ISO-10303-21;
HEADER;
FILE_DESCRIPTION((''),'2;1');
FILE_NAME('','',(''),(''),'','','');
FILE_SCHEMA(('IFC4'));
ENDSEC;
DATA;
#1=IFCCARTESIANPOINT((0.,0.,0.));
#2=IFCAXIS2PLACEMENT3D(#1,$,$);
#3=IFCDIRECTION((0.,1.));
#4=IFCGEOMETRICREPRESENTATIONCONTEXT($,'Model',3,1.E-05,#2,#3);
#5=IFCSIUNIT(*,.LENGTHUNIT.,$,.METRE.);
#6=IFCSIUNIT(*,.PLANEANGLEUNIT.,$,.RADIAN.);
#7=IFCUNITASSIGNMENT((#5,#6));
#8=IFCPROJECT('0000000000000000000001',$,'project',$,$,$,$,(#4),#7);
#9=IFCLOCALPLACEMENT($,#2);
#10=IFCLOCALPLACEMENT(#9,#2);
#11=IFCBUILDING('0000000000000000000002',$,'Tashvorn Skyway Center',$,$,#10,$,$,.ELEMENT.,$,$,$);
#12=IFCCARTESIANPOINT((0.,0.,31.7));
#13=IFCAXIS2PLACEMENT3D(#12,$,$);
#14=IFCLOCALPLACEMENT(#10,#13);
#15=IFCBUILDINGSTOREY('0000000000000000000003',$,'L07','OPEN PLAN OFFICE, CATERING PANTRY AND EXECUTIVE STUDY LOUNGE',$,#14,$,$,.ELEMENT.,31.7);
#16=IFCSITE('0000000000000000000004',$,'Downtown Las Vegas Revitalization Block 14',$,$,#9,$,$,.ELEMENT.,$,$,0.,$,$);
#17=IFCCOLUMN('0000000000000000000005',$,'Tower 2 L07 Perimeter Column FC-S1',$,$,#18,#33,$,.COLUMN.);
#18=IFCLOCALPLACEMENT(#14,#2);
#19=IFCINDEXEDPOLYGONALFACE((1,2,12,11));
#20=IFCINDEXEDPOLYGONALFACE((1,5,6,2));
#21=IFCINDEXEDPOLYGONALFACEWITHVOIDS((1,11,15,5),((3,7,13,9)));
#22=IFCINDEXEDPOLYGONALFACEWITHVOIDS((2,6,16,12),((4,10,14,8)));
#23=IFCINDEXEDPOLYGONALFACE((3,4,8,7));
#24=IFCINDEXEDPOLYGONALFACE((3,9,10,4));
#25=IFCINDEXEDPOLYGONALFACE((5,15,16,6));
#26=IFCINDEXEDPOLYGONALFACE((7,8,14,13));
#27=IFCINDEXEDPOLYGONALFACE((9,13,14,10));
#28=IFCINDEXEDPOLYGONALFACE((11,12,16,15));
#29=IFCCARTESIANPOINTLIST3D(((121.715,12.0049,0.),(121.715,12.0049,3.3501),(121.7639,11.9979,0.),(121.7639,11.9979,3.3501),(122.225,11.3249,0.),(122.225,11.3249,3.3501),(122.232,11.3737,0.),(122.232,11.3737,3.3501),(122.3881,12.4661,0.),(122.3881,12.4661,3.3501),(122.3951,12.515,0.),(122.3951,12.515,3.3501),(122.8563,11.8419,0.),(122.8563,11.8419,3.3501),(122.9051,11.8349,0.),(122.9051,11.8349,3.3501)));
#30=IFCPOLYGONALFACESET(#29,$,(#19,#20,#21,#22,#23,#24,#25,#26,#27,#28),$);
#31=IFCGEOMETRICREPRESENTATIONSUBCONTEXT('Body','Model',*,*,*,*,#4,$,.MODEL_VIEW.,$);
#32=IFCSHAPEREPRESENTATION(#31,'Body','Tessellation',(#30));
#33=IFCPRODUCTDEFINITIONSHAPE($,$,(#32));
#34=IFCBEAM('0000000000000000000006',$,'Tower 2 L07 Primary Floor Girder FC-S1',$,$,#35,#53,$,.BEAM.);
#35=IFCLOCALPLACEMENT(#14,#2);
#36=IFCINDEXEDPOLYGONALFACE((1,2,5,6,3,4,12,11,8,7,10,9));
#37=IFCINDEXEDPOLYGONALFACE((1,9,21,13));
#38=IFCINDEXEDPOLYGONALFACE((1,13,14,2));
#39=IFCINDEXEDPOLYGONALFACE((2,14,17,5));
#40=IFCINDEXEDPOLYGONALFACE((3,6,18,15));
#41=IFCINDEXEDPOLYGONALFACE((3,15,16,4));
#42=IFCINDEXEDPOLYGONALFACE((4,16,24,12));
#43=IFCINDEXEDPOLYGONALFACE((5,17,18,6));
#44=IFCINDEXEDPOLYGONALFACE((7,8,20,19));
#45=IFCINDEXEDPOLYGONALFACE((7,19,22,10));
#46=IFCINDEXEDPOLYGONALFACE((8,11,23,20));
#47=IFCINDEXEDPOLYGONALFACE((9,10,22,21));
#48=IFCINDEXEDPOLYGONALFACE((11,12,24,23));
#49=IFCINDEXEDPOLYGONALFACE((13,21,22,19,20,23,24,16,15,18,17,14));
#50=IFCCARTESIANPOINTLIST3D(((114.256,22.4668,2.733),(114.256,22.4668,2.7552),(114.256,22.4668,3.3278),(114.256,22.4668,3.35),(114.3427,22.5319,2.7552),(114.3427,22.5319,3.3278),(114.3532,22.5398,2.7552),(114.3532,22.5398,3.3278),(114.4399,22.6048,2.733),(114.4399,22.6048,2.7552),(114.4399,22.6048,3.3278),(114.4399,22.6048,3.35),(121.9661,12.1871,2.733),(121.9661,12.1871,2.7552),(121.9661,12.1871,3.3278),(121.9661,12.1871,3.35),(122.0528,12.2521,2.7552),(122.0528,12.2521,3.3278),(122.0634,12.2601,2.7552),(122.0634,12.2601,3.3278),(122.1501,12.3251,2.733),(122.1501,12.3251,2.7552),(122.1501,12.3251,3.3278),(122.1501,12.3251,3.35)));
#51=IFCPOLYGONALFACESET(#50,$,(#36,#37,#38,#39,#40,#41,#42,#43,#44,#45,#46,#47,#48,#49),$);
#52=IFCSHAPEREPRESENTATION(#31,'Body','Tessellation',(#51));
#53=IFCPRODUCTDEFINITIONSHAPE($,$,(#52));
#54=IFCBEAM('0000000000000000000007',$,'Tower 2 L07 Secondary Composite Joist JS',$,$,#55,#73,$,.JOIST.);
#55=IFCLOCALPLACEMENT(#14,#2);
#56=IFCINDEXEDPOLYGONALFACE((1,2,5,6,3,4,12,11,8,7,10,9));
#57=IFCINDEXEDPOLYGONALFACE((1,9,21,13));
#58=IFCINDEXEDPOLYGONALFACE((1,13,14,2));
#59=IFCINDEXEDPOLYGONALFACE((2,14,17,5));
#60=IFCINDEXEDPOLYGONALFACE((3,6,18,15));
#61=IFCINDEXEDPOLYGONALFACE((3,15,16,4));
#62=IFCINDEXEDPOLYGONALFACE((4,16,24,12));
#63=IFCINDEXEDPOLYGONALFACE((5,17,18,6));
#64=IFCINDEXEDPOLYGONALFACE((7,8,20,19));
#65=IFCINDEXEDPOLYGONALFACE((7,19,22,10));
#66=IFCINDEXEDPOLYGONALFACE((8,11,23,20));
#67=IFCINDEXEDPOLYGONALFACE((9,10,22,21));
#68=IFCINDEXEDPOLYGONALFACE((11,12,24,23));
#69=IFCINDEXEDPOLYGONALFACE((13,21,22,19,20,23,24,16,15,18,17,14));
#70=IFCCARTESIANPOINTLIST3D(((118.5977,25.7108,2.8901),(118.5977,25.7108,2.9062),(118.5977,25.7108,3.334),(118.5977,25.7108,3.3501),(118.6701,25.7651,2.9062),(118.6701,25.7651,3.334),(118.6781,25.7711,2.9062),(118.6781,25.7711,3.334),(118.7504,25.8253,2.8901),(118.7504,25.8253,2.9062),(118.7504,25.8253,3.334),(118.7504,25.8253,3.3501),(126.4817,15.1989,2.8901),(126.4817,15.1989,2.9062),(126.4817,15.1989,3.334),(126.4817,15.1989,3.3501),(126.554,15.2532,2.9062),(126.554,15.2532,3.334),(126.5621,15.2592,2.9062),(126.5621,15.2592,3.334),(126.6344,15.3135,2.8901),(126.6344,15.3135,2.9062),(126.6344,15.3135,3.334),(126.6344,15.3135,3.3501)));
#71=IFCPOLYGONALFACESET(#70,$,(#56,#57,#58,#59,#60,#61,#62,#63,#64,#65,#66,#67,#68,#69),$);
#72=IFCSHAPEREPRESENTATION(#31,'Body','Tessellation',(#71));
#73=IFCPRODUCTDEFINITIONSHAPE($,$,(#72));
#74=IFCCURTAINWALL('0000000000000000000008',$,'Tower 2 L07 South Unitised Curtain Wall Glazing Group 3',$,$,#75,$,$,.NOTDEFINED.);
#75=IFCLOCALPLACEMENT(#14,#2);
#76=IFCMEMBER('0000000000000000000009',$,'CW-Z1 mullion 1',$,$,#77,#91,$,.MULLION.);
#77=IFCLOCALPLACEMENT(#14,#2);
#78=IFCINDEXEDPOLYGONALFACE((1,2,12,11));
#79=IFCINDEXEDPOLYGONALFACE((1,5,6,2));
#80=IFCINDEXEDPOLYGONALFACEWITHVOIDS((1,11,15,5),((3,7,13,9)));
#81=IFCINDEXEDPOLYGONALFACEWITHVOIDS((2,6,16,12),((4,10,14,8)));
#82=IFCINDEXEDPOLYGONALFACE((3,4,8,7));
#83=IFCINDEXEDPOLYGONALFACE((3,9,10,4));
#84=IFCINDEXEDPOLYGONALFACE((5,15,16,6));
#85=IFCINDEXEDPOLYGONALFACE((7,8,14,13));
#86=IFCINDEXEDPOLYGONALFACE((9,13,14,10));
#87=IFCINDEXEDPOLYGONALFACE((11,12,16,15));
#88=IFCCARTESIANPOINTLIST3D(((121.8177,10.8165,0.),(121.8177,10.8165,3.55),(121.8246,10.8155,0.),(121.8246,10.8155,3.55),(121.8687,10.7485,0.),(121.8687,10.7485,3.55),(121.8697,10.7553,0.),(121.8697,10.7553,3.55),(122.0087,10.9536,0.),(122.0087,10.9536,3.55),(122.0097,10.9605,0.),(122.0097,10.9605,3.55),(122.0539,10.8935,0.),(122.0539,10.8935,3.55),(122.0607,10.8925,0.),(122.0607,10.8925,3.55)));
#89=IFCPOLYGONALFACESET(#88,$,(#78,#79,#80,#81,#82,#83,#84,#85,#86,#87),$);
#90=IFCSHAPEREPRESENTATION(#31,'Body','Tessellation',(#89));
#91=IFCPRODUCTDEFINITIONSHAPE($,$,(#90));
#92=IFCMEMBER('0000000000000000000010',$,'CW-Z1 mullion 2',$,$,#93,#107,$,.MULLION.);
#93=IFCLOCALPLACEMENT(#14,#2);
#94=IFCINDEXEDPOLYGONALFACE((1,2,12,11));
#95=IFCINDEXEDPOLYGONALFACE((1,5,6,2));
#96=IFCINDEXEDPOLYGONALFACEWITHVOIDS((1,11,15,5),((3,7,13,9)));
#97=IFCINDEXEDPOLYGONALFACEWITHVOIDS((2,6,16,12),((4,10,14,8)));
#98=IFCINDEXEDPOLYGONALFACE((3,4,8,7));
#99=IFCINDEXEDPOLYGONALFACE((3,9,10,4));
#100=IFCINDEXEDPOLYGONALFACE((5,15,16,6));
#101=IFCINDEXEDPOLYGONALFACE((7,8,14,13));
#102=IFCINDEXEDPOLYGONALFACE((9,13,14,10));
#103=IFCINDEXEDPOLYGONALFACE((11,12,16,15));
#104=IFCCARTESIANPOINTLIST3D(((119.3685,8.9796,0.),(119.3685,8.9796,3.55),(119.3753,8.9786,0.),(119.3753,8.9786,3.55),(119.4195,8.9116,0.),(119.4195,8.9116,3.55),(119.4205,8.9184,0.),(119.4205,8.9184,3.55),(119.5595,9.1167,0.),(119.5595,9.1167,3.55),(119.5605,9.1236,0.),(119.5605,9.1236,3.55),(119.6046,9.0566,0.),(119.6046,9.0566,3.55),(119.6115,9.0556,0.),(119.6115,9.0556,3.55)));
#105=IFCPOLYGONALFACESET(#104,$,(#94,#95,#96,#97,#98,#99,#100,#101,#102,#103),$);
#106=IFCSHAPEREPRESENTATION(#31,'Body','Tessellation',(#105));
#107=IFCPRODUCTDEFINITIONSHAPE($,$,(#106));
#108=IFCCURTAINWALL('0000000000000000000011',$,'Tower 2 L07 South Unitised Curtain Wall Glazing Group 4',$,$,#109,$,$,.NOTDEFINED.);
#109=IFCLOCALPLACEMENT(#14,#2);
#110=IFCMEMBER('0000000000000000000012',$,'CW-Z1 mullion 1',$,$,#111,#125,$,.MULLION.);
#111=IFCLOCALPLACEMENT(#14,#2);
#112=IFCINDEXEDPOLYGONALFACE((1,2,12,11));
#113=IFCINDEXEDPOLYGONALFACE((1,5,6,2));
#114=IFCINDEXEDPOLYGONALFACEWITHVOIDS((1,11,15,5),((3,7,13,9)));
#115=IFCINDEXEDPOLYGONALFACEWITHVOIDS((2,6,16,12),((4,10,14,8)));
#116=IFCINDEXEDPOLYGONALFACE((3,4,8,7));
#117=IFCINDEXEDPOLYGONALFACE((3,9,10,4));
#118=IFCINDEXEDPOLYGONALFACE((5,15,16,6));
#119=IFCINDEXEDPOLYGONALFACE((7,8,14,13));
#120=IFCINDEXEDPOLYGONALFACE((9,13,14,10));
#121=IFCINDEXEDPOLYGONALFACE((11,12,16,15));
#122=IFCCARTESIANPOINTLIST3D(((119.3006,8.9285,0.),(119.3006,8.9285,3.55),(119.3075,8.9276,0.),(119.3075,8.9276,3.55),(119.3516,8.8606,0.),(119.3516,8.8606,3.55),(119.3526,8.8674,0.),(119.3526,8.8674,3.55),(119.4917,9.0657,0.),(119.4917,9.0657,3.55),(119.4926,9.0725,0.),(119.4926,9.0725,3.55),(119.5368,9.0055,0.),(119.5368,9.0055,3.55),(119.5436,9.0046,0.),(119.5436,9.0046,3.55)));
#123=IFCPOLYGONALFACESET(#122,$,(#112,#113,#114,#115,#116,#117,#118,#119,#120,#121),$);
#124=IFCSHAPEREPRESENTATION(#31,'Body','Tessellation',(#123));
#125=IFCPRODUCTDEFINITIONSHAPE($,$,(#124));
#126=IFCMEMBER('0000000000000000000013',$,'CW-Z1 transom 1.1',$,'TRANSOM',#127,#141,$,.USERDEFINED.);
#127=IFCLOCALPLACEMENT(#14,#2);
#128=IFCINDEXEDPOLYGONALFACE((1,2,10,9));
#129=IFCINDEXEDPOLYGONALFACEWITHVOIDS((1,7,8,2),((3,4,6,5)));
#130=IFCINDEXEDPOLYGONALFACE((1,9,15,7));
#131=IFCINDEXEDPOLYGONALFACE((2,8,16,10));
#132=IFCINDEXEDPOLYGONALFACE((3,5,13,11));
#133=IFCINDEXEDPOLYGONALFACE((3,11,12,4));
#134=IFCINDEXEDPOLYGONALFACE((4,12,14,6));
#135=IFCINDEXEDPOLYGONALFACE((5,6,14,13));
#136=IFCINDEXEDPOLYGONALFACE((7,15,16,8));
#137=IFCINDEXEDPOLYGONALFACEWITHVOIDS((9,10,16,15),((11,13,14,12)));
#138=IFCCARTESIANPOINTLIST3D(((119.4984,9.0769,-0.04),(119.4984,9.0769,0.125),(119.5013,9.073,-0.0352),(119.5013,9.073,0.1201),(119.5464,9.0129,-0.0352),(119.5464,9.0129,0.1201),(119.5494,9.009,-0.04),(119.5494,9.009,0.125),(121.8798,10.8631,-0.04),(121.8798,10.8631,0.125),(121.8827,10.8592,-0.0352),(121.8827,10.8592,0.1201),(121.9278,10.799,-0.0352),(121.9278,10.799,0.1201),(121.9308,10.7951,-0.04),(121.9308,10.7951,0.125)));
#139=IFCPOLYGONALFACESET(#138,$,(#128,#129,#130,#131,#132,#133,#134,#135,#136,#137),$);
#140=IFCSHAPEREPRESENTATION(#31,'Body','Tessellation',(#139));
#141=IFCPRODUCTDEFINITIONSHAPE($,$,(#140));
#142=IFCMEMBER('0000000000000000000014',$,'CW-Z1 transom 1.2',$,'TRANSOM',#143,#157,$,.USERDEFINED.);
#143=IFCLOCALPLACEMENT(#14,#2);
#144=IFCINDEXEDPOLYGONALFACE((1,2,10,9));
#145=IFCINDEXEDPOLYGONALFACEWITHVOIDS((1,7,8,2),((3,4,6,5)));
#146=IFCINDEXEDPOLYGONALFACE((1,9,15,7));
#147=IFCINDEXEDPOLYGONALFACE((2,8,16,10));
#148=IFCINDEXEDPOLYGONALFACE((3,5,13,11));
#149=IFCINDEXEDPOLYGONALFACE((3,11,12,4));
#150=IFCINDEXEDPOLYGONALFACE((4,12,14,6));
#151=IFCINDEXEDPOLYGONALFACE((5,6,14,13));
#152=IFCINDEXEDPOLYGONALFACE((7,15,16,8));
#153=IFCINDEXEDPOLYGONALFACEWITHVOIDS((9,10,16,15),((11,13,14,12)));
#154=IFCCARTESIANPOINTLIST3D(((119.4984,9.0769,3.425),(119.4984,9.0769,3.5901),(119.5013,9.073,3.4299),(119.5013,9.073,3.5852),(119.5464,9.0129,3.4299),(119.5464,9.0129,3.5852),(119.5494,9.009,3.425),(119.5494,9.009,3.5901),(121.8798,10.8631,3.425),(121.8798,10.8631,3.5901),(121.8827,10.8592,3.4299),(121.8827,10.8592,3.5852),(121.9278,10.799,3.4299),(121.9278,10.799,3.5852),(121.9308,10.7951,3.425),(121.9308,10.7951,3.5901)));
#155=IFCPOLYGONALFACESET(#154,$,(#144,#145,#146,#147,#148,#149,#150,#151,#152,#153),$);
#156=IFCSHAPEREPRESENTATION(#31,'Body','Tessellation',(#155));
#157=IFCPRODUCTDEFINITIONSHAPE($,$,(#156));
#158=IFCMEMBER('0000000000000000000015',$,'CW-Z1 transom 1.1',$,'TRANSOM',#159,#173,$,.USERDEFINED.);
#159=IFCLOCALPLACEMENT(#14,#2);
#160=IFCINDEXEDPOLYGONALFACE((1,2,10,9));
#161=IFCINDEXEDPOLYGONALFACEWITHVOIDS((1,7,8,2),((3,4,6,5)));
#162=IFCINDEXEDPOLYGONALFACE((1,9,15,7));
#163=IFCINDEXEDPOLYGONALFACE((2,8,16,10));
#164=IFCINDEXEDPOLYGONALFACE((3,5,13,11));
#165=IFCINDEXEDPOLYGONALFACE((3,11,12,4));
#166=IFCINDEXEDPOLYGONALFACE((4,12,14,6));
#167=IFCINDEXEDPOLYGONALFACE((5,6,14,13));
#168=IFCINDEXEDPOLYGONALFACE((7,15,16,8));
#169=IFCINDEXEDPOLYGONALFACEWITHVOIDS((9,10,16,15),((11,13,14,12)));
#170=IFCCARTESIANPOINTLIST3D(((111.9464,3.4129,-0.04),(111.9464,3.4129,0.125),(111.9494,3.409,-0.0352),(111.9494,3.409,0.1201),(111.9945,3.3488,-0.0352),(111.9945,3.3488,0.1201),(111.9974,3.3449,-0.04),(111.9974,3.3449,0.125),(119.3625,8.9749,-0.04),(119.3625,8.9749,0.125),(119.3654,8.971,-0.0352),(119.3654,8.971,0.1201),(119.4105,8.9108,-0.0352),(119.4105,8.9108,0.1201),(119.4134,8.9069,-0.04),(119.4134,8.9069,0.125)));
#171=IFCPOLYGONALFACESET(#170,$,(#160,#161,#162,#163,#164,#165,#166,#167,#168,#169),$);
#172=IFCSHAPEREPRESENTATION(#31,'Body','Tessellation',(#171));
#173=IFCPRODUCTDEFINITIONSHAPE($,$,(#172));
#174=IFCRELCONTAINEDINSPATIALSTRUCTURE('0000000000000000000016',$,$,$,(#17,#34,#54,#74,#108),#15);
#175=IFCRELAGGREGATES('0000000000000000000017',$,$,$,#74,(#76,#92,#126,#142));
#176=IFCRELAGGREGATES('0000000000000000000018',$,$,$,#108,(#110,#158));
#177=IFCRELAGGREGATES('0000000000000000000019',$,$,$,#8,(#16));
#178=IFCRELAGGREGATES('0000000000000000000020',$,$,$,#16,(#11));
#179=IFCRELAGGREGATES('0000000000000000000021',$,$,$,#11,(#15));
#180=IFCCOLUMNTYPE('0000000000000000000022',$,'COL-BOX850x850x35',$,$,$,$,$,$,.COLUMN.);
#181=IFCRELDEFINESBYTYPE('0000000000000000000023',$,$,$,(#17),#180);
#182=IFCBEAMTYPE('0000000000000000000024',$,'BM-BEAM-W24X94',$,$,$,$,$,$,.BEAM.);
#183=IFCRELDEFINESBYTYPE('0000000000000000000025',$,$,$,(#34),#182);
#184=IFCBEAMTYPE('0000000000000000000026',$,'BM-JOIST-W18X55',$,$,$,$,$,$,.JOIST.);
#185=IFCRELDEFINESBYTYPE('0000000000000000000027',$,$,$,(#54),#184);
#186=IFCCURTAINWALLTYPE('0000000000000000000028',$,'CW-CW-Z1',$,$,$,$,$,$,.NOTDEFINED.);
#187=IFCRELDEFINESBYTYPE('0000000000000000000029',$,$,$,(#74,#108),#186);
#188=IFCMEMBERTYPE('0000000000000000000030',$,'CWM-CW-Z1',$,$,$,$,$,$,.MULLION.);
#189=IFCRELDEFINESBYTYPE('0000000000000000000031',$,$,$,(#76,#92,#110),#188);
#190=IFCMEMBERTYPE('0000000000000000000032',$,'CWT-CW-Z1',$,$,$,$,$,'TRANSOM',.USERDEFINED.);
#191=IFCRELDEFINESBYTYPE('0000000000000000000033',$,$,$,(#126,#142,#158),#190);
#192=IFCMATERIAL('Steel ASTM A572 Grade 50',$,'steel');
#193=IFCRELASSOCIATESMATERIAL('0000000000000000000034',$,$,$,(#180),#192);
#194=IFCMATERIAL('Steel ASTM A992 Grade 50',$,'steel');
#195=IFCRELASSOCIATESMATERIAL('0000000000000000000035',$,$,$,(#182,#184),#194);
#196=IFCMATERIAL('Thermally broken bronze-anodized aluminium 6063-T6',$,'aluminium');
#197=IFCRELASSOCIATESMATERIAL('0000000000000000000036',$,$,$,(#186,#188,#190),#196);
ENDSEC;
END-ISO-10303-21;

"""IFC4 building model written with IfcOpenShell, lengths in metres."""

from ifc_helpers import new_model, si_unit, direction, frame, origin, origin_2d, place, context, subcontext, project, spatial, hollow_rectangle, i_section, extrude, material, material_profile, profile_set, type_object, element, aggregate, save


model = new_model("IFC4")

# Units and contexts
model_context = context("Model", 3, precision=1e-05, world=origin(), true_north=direction((0.0, 1.0)))
body_context = subcontext(model_context, "Body", "Model", "MODEL_VIEW")
ifc_project = project(units=[si_unit("LENGTHUNIT", "METRE"), si_unit("PLANEANGLEUNIT", "RADIAN")], contexts=[model_context])

# Site, building, storey
site_placement = place(None, origin())
site = spatial("IfcSite", under=ifc_project, at=site_placement, Name="Downtown Las Vegas Revitalization Block 14", CompositionType="ELEMENT", RefElevation=0.0)
building_placement = place(site_placement, origin())
building = spatial("IfcBuilding", under=site, at=building_placement, Name="Tashvorn Skyway Center", CompositionType="ELEMENT")
storey_placement = place(building_placement, frame((0.0, 0.0, 31.7)))
storey = spatial("IfcBuildingStorey", under=building, at=storey_placement, Name="L07", Description="OPEN PLAN OFFICE, CATERING PANTRY AND EXECUTIVE STUDY LOUNGE", CompositionType="ELEMENT", Elevation=31.7)

# Column
ifc_material_1 = material(Name="Steel ASTM A572 Grade 50", Category="steel")
ifc_material_profile_1 = material_profile(ifc_material_1, hollow_rectangle(XDim=0.8501, YDim=0.8501, WallThickness=0.0349, at=origin_2d()), Name="BOX850x850x35")
ifc_profile_set_1 = profile_set([ifc_material_profile_1], Name="Steel ASTM A572 Grade 50")
column_type = type_object("IfcColumnType", Name="COL-BOX850x850x35", PredefinedType="COLUMN", material=ifc_profile_set_1)
column_placement = place(storey_placement, frame((122.3101, 11.9199, 0.0), z_axis=(0.0, 0.0, 1.0), x_axis=(0.8, 0.6, 0.0)))
element("IfcColumn", 1, at=column_placement, inside=storey, type_object=column_type, Name="Tower 2 L07 Perimeter Column FC-S1", PredefinedType="COLUMN", context=body_context, shape_type="SweptSolid", body=[
    extrude(hollow_rectangle(XDim=0.8501, YDim=0.8501, WallThickness=0.0349, at=origin_2d()), origin(), (0.0, 0.0, 1.0), 3.3501),
])

# Beams
ifc_material_2 = material(Name="Steel ASTM A992 Grade 50", Category="steel")
ifc_material_profile_2 = material_profile(ifc_material_2, i_section(OverallWidth=0.23, OverallDepth=0.6169, WebThickness=0.0132, FlangeThickness=0.0222, at=origin_2d()), Name="W24X94")
ifc_profile_set_2 = profile_set([ifc_material_profile_2], Name="Steel ASTM A992 Grade 50")
beam_type_1 = type_object("IfcBeamType", Name="BM-BEAM-W24X94", PredefinedType="BEAM", material=ifc_profile_set_2)
beam_1_placement = place(storey_placement, frame((122.0581, 12.2561, 3.0415), z_axis=(-0.600018, 0.799986, 0.0), x_axis=(-0.799986, -0.600018, 0.0)))
element("IfcBeam", 2, at=beam_1_placement, inside=storey, type_object=beam_type_1, Name="Tower 2 L07 Primary Floor Girder FC-S1", PredefinedType="BEAM", context=body_context, shape_type="SweptSolid", body=[
    extrude(i_section(OverallWidth=0.23, OverallDepth=0.6169, WebThickness=0.0132, FlangeThickness=0.0222, at=origin_2d()), origin(), (0.0, 0.0, 1.0), 12.8499),
])
ifc_material_profile_3 = material_profile(ifc_material_2, i_section(OverallWidth=0.1909, OverallDepth=0.46, WebThickness=0.01, FlangeThickness=0.0161, at=origin_2d()), Name="W18X55")
ifc_profile_set_3 = profile_set([ifc_material_profile_3], Name="Steel ASTM A992 Grade 50")
beam_type_2 = type_object("IfcBeamType", Name="BM-JOIST-W18X55", PredefinedType="JOIST", material=ifc_profile_set_3)
beam_2_placement = place(storey_placement, frame((118.6741, 25.7681, 3.1201), z_axis=(0.600003, -0.799998, 0.0), x_axis=(0.799998, 0.600003, 0.0)))
element("IfcBeam", 3, at=beam_2_placement, inside=storey, type_object=beam_type_2, Name="Tower 2 L07 Secondary Composite Joist JS", PredefinedType="JOIST", context=body_context, shape_type="SweptSolid", body=[
    extrude(i_section(OverallWidth=0.1909, OverallDepth=0.46, WebThickness=0.01, FlangeThickness=0.0161, at=origin_2d()), origin(), (0.0, 0.0, 1.0), 13.1399),
])

# Curtain wall, members
ifc_material_3 = material(Name="Thermally broken bronze-anodized aluminium 6063-T6", Category="aluminium")
curtain_wall_type = type_object("IfcCurtainWallType", Name="CW-CW-Z1", PredefinedType="NOTDEFINED", material=ifc_material_3)
curtain_wall_1_placement = place(storey_placement, origin())
curtain_wall_1 = element("IfcCurtainWall", 4, at=curtain_wall_1_placement, inside=storey, type_object=curtain_wall_type, Name="Tower 2 L07 South Unitised Curtain Wall Glazing Group 3", PredefinedType="NOTDEFINED")
ifc_material_profile_4 = material_profile(ifc_material_3, hollow_rectangle(XDim=0.085, YDim=0.24, WallThickness=0.0049, at=origin_2d()), Name="ALU-MULL-85x240")
ifc_profile_set_4 = profile_set([ifc_material_profile_4], Name="Thermally broken bronze-anodized aluminium 6063-T6")
member_type_1 = type_object("IfcMemberType", Name="CWM-CW-Z1", PredefinedType="MULLION", material=ifc_profile_set_4)
member_1_placement = place(storey_placement, frame((121.9392, 10.8545, 0.0), z_axis=(0.0, 0.0, 1.0), x_axis=(0.600005, -0.799996, 0.0)))
member_1 = element("IfcMember", 5, at=member_1_placement, type_object=member_type_1, Name="CW-Z1 mullion 1", PredefinedType="MULLION", context=body_context, shape_type="SweptSolid", body=[
    extrude(hollow_rectangle(XDim=0.085, YDim=0.24, WallThickness=0.0049, at=origin_2d()), origin(), (0.0, 0.0, 1.0), 3.55),
])
member_2_placement = place(storey_placement, frame((119.49, 9.0176, 0.0), z_axis=(0.0, 0.0, 1.0), x_axis=(0.600005, -0.799996, 0.0)))
member_2 = element("IfcMember", 6, at=member_2_placement, type_object=member_type_1, Name="CW-Z1 mullion 2", PredefinedType="MULLION", context=body_context, shape_type="SweptSolid", body=[
    extrude(hollow_rectangle(XDim=0.085, YDim=0.24, WallThickness=0.0049, at=origin_2d()), origin(), (0.0, 0.0, 1.0), 3.55),
])

# Curtain wall, member
curtain_wall_2_placement = place(storey_placement, origin())
curtain_wall_2 = element("IfcCurtainWall", 7, at=curtain_wall_2_placement, inside=storey, type_object=curtain_wall_type, Name="Tower 2 L07 South Unitised Curtain Wall Glazing Group 4", PredefinedType="NOTDEFINED")
member_3_placement = place(storey_placement, frame((119.4221, 8.9666, 0.0), z_axis=(0.0, 0.0, 1.0), x_axis=(0.6, -0.8, 0.0)))
member_3 = element("IfcMember", 8, at=member_3_placement, type_object=member_type_1, Name="CW-Z1 mullion 1", PredefinedType="MULLION", context=body_context, shape_type="SweptSolid", body=[
    extrude(hollow_rectangle(XDim=0.085, YDim=0.24, WallThickness=0.0049, at=origin_2d()), origin(), (0.0, 0.0, 1.0), 3.55),
])

# Members
ifc_material_profile_5 = material_profile(ifc_material_3, hollow_rectangle(XDim=0.085, YDim=0.165, WallThickness=0.0049, at=origin_2d()), Name="ALU-TRAN-85x165")
ifc_profile_set_5 = profile_set([ifc_material_profile_5], Name="Thermally broken bronze-anodized aluminium 6063-T6")
member_type_2 = type_object("IfcMemberType", Name="CWT-CW-Z1", ElementType="TRANSOM", PredefinedType="USERDEFINED", material=ifc_profile_set_5)
member_4_placement = place(storey_placement, frame((121.9053, 10.8291, 0.0425), z_axis=(-0.79998, -0.600026, 0.0), x_axis=(0.600026, -0.79998, 0.0)))
member_4 = element("IfcMember", 9, at=member_4_placement, type_object=member_type_2, Name="CW-Z1 transom 1.1", ObjectType="TRANSOM", PredefinedType="USERDEFINED", context=body_context, shape_type="SweptSolid", body=[
    extrude(hollow_rectangle(XDim=0.085, YDim=0.165, WallThickness=0.0049, at=origin_2d()), origin(), (0.0, 0.0, 1.0), 2.9768),
])
member_5_placement = place(storey_placement, frame((121.9053, 10.8291, 3.5076), z_axis=(-0.79998, -0.600026, 0.0), x_axis=(0.600026, -0.79998, 0.0)))
member_5 = element("IfcMember", 10, at=member_5_placement, type_object=member_type_2, Name="CW-Z1 transom 1.2", ObjectType="TRANSOM", PredefinedType="USERDEFINED", context=body_context, shape_type="SweptSolid", body=[
    extrude(hollow_rectangle(XDim=0.085, YDim=0.165, WallThickness=0.0049, at=origin_2d()), origin(), (0.0, 0.0, 1.0), 2.9768),
])
member_6_placement = place(storey_placement, frame((119.3879, 8.9409, 0.0425), z_axis=(-0.8, -0.6, 0.0), x_axis=(0.6, -0.8, 0.0)))
member_6 = element("IfcMember", 11, at=member_6_placement, type_object=member_type_2, Name="CW-Z1 transom 1.1", ObjectType="TRANSOM", PredefinedType="USERDEFINED", context=body_context, shape_type="SweptSolid", body=[
    extrude(hollow_rectangle(XDim=0.085, YDim=0.165, WallThickness=0.0049, at=origin_2d()), origin(), (0.0, 0.0, 1.0), 9.27),
])

aggregate(curtain_wall_1, [member_1, member_2, member_4, member_5])
aggregate(curtain_wall_2, [member_3, member_6])

save(model, "model.ifc")
